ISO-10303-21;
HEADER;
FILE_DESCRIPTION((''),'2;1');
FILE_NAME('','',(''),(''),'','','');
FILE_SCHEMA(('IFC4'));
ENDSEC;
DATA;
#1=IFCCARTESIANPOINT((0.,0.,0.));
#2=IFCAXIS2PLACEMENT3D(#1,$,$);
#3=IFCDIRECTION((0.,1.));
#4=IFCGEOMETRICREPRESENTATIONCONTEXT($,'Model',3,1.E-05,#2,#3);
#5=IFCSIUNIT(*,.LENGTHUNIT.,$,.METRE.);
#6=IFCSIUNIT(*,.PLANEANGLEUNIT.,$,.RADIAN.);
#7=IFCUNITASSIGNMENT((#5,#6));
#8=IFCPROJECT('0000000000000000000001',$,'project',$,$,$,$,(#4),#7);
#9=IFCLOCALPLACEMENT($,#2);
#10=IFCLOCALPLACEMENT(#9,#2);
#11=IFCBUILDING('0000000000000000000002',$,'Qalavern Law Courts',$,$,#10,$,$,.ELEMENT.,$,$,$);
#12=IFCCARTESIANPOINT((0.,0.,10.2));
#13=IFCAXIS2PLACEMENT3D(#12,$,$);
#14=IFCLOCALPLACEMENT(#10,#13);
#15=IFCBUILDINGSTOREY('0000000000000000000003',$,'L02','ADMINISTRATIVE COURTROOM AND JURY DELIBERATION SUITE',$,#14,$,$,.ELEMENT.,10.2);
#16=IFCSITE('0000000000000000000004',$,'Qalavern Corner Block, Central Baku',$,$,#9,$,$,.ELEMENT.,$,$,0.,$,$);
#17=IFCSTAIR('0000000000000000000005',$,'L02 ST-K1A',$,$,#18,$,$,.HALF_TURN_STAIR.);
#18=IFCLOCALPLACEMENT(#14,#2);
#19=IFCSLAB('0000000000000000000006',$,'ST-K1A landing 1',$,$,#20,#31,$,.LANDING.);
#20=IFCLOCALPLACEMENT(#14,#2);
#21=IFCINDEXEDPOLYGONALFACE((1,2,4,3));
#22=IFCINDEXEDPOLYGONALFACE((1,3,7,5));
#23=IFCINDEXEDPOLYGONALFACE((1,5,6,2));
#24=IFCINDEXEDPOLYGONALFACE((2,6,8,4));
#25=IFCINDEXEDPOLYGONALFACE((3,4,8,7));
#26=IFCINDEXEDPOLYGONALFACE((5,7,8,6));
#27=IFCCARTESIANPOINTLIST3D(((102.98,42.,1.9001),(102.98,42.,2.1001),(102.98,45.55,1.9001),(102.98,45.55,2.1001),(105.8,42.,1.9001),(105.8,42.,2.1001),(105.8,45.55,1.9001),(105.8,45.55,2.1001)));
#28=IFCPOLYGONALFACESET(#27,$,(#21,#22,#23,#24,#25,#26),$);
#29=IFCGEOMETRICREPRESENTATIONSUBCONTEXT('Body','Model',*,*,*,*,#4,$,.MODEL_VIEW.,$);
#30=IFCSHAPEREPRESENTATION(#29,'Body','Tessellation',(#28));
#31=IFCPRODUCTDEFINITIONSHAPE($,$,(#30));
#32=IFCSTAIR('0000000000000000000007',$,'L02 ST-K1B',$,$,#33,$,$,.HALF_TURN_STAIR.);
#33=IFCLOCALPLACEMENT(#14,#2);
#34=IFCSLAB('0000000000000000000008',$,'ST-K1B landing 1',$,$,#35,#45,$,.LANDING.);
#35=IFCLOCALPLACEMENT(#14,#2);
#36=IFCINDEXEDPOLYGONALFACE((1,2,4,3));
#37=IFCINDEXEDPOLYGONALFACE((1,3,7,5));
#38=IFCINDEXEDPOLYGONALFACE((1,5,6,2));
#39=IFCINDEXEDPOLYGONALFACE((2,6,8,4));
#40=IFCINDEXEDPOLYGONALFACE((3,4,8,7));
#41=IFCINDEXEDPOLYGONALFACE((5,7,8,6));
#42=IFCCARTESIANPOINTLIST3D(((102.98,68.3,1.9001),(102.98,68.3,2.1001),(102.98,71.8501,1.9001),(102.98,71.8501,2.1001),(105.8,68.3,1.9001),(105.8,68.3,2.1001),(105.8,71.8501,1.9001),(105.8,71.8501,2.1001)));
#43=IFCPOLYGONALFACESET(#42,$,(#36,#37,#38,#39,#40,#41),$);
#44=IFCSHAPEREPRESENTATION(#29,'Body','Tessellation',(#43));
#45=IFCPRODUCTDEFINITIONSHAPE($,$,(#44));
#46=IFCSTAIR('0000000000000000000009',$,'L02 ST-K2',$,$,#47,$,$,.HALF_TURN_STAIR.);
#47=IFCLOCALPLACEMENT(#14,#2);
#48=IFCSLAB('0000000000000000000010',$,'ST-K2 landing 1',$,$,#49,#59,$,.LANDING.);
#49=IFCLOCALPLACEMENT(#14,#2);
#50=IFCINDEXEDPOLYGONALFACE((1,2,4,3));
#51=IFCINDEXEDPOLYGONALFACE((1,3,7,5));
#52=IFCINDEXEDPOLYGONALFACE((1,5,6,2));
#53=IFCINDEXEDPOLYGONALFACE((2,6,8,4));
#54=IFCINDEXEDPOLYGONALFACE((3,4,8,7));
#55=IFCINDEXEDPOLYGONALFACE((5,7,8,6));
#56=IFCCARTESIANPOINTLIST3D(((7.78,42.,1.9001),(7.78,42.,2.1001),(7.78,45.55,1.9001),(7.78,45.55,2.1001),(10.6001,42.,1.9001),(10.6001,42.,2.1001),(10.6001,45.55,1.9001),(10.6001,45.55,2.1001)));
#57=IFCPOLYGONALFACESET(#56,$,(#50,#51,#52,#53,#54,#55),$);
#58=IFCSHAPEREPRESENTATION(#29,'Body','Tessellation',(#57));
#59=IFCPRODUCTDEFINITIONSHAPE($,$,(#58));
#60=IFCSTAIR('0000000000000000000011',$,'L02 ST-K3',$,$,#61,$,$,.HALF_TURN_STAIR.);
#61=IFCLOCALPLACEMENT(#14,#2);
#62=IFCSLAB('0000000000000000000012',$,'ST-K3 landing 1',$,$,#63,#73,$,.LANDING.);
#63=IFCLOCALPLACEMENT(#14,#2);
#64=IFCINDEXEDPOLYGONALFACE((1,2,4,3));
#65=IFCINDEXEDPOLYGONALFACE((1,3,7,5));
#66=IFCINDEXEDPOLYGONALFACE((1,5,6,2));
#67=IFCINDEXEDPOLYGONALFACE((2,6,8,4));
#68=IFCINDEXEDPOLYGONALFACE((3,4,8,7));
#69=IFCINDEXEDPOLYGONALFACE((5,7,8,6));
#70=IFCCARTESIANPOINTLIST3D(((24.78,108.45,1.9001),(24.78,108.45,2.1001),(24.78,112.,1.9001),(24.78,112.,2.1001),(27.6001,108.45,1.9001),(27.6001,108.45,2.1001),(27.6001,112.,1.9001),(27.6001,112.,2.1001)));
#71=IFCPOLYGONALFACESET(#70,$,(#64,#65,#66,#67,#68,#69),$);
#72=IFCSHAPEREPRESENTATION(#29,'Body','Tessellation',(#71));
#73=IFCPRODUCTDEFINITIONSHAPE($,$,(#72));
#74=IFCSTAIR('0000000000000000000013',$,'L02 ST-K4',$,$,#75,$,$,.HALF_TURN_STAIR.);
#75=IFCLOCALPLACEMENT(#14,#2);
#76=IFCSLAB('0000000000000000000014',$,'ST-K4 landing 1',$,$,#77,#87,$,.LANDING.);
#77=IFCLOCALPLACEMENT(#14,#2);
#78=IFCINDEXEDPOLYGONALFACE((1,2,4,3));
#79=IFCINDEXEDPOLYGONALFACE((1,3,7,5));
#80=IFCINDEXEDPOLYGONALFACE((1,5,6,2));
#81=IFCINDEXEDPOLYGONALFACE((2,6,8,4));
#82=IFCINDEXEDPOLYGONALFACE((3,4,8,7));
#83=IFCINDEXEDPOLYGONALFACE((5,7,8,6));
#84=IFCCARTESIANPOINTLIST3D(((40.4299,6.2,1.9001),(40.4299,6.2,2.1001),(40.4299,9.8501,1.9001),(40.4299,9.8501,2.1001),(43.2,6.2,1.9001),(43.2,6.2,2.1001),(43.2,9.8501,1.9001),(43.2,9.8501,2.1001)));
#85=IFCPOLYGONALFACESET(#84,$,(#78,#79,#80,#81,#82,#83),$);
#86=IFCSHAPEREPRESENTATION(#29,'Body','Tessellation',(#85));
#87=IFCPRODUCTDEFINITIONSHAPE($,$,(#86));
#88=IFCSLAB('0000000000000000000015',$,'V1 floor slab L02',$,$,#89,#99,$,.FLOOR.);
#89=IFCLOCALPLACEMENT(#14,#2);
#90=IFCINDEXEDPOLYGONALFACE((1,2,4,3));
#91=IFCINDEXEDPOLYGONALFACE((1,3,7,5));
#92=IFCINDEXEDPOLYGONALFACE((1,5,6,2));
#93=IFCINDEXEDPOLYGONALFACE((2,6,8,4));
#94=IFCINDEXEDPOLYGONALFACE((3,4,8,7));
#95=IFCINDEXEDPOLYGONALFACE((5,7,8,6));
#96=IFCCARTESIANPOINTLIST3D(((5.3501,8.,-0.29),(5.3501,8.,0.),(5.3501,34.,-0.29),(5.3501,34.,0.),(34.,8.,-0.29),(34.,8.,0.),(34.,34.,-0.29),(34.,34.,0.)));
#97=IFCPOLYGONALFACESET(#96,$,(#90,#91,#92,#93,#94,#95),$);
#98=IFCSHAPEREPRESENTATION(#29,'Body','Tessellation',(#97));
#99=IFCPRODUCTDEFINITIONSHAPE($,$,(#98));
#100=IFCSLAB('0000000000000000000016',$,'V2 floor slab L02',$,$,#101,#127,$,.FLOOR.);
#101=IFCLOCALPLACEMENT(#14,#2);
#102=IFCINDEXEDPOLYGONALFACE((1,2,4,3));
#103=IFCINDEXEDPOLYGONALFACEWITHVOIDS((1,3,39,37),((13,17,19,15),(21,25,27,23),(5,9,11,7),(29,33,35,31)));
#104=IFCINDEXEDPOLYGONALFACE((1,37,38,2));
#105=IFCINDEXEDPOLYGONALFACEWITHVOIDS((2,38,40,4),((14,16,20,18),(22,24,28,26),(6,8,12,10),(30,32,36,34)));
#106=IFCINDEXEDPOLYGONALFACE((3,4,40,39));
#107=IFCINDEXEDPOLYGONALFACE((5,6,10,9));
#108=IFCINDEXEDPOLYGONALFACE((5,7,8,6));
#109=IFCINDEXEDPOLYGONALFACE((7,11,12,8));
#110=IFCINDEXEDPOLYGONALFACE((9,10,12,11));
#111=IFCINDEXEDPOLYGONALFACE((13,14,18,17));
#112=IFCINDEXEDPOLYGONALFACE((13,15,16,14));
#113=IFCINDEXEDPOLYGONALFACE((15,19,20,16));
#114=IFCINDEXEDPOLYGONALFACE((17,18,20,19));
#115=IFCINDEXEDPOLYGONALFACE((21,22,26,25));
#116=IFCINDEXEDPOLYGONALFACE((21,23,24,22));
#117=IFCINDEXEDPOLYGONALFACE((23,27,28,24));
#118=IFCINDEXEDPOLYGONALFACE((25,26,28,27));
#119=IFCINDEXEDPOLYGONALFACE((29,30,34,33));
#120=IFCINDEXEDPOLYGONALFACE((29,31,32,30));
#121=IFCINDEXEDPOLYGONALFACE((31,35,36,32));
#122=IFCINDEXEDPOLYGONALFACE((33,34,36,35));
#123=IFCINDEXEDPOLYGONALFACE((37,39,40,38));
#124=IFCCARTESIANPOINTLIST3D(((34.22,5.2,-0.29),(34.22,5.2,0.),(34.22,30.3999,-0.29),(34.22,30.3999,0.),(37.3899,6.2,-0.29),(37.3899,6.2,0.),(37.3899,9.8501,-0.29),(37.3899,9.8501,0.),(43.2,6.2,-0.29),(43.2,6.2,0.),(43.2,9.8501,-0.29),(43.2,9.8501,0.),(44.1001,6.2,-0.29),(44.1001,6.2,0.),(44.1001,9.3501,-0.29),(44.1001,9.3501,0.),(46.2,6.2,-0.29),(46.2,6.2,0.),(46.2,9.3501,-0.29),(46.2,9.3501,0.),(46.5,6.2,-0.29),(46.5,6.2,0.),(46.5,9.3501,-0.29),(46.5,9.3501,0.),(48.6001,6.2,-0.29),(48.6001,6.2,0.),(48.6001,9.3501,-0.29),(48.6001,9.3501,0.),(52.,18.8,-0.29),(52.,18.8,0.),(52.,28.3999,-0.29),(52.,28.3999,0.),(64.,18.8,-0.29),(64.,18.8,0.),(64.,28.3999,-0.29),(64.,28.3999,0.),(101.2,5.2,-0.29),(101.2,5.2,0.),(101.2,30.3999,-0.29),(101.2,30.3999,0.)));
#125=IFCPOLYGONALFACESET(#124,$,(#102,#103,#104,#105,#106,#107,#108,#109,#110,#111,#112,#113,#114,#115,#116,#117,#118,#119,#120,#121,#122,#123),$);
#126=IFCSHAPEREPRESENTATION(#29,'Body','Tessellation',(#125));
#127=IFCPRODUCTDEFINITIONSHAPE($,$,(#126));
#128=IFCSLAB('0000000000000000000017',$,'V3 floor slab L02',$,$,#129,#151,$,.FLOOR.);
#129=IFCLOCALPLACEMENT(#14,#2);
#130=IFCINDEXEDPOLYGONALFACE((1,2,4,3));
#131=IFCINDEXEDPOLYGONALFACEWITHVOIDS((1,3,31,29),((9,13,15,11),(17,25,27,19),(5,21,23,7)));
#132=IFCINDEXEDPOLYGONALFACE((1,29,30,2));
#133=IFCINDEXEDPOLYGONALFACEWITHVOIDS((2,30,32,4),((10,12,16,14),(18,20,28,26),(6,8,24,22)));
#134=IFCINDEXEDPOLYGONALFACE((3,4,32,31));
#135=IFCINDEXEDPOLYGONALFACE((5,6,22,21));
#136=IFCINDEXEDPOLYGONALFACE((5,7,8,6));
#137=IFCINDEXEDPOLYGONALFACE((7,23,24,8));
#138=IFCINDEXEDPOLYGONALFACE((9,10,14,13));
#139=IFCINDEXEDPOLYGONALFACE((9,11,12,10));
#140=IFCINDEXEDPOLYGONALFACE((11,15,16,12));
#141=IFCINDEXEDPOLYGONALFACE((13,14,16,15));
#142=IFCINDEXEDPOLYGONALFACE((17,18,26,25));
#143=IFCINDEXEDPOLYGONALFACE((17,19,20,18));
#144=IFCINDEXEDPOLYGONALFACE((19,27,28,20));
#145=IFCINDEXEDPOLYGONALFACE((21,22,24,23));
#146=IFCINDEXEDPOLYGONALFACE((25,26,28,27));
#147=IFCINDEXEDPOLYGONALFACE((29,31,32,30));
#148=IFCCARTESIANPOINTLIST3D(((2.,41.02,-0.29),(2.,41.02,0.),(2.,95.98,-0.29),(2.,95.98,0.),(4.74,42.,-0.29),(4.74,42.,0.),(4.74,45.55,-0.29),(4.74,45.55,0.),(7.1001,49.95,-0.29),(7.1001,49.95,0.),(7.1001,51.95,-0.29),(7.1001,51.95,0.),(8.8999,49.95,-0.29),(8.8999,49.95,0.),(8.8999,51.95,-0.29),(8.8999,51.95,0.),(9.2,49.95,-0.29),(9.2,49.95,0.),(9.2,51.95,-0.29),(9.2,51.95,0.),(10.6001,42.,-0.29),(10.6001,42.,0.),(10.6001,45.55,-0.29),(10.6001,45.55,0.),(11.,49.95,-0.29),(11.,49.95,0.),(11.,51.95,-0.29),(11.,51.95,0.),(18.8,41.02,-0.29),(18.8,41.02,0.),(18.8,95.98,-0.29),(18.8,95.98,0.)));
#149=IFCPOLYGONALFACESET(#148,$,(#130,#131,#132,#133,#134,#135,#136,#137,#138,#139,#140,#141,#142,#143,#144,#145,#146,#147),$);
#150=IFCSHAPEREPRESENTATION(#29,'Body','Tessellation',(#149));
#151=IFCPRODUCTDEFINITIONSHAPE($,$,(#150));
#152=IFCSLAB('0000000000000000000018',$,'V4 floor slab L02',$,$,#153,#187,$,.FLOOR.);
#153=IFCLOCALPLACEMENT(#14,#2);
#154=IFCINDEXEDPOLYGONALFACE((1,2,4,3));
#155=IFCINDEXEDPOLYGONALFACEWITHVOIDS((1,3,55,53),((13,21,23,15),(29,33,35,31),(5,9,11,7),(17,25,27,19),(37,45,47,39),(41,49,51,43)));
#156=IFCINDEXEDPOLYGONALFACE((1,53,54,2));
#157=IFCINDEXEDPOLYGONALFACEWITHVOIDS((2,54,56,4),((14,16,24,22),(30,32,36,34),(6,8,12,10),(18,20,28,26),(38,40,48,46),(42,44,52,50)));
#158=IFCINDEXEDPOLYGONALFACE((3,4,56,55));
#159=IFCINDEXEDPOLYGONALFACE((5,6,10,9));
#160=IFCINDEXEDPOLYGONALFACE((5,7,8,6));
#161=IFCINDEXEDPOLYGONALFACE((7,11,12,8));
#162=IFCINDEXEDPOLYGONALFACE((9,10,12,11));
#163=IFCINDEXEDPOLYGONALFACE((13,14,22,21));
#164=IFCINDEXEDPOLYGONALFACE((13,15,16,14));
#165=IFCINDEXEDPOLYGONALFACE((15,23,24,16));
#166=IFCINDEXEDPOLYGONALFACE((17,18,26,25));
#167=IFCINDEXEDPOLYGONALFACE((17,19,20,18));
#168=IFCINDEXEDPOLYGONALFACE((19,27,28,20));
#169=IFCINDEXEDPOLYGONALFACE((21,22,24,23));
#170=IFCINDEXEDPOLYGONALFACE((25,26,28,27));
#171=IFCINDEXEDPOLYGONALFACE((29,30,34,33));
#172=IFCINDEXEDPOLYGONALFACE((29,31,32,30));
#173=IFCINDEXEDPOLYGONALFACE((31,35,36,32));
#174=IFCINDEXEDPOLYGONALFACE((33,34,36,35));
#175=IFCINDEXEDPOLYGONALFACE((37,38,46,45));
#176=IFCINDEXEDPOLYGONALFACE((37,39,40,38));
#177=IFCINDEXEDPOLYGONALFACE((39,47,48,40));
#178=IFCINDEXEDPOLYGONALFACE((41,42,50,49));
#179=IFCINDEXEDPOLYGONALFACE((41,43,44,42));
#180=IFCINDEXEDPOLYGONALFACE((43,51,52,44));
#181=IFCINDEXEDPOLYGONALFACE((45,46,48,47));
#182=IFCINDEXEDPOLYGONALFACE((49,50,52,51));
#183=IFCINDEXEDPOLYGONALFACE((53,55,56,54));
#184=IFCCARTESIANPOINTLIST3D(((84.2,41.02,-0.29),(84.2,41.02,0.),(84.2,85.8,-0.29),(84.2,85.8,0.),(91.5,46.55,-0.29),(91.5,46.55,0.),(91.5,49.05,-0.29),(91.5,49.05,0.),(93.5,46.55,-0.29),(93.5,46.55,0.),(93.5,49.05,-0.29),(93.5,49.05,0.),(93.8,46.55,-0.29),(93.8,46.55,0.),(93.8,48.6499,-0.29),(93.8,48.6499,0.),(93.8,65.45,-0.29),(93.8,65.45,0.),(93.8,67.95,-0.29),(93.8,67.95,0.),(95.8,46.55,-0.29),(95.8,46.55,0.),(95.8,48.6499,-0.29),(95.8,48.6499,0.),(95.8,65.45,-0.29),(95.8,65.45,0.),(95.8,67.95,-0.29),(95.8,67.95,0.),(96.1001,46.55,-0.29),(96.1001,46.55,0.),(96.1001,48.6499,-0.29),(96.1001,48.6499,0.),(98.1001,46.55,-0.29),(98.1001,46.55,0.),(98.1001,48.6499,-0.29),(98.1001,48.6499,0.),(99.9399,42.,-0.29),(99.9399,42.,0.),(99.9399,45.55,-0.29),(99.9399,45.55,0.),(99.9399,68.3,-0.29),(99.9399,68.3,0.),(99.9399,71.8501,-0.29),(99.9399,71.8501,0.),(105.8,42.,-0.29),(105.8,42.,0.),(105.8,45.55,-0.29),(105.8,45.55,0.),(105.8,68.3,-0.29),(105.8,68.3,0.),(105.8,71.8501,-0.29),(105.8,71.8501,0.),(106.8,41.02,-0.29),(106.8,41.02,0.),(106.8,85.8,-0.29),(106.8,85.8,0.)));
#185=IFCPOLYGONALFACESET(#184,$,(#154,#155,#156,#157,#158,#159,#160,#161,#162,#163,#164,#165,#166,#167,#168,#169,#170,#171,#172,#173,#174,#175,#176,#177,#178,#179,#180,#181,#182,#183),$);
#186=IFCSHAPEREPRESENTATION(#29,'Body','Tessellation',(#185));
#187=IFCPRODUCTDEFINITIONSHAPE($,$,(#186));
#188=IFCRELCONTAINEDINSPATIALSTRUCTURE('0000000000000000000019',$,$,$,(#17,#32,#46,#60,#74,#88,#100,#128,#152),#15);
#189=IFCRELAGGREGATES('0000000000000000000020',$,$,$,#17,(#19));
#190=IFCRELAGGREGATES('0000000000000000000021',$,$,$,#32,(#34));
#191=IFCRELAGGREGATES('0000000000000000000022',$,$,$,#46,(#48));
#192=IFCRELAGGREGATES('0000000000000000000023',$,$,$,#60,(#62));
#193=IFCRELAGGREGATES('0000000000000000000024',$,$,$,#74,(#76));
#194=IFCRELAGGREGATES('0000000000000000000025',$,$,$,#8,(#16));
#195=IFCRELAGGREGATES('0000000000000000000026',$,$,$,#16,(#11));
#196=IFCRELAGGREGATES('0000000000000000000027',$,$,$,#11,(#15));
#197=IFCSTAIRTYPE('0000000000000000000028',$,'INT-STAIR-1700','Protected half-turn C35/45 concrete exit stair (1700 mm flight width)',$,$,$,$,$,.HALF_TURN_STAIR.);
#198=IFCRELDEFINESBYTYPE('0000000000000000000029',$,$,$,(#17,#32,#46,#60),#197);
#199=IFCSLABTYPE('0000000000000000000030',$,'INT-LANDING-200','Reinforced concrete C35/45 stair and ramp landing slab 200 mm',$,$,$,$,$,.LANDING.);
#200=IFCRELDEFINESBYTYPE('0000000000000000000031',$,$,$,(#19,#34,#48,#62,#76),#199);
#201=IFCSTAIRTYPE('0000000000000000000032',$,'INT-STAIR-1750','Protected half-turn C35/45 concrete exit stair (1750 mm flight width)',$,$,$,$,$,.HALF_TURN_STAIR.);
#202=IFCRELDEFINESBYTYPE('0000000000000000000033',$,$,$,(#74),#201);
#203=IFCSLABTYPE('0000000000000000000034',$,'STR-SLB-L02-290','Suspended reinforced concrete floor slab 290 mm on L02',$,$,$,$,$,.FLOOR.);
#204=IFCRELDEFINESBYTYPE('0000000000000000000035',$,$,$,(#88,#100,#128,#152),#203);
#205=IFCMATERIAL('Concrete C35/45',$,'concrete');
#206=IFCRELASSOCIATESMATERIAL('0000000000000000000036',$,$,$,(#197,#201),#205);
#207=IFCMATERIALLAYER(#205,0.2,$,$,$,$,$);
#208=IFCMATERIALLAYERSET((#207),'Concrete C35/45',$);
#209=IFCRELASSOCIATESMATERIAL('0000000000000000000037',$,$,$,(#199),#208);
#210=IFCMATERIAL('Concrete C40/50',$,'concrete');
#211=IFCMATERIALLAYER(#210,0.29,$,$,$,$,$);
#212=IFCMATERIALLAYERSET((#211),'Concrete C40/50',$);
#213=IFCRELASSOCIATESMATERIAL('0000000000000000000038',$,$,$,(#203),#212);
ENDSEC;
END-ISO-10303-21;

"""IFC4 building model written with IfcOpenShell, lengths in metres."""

from ifc_helpers import new_model, si_unit, direction, frame, origin, place, context, subcontext, project, spatial, polyline, outline, extrude, material, layer, layer_set, type_object, element, aggregate, save


model = new_model("IFC4")

# Units and contexts
model_context = context("Model", 3, precision=1e-05, world=origin(), true_north=direction((0.0, 1.0)))
body_context = subcontext(model_context, "Body", "Model", "MODEL_VIEW")
ifc_project = project(units=[si_unit("LENGTHUNIT", "METRE"), si_unit("PLANEANGLEUNIT", "RADIAN")], contexts=[model_context])

# Site, building, storey
site_placement = place(None, origin())
site = spatial("IfcSite", under=ifc_project, at=site_placement, Name="Qalavern Corner Block, Central Baku", CompositionType="ELEMENT", RefElevation=0.0)
building_placement = place(site_placement, origin())
building = spatial("IfcBuilding", under=site, at=building_placement, Name="Qalavern Law Courts", CompositionType="ELEMENT")
storey_placement = place(building_placement, frame((0.0, 0.0, 10.2)))
storey = spatial("IfcBuildingStorey", under=building, at=storey_placement, Name="L02", Description="ADMINISTRATIVE COURTROOM AND JURY DELIBERATION SUITE", CompositionType="ELEMENT", Elevation=10.2)

# Stairs, slabs
ifc_material_1 = material(Name="Concrete C35/45", Category="concrete")
stair_type_1 = type_object("IfcStairType", Name="INT-STAIR-1700", Description="Protected half-turn C35/45 concrete exit stair (1700 mm flight width)", PredefinedType="HALF_TURN_STAIR", material=ifc_material_1)
stair_1_placement = place(storey_placement, origin())
stair_1 = element("IfcStair", 1, at=stair_1_placement, inside=storey, type_object=stair_type_1, Name="L02 ST-K1A", PredefinedType="HALF_TURN_STAIR")
ifc_layer_1 = layer(ifc_material_1, 0.2)
ifc_layer_set_1 = layer_set([ifc_layer_1], Name="Concrete C35/45")
slab_type_1 = type_object("IfcSlabType", Name="INT-LANDING-200", Description="Reinforced concrete C35/45 stair and ramp landing slab 200 mm", PredefinedType="LANDING", material=ifc_layer_set_1)
slab_1_placement = place(storey_placement, frame((0.0, 0.0, 1.9001)))
slab_1 = element("IfcSlab", 2, at=slab_1_placement, type_object=slab_type_1, Name="ST-K1A landing 1", PredefinedType="LANDING", context=body_context, shape_type="SweptSolid", body=[
    extrude(outline(polyline([(102.98, 42.0), (105.8, 42.0), (105.8, 45.55), (102.98, 45.55), (102.98, 42.0)])), origin(), (0.0, 0.0, 1.0), 0.2),
])
aggregate(stair_1, [slab_1])
stair_2_placement = place(storey_placement, origin())
stair_2 = element("IfcStair", 3, at=stair_2_placement, inside=storey, type_object=stair_type_1, Name="L02 ST-K1B", PredefinedType="HALF_TURN_STAIR")
slab_2_placement = place(storey_placement, frame((0.0, 0.0, 1.9001)))
slab_2 = element("IfcSlab", 4, at=slab_2_placement, type_object=slab_type_1, Name="ST-K1B landing 1", PredefinedType="LANDING", context=body_context, shape_type="SweptSolid", body=[
    extrude(outline(polyline([(102.98, 68.3), (105.8, 68.3), (105.8, 71.8501), (102.98, 71.8501), (102.98, 68.3)])), origin(), (0.0, 0.0, 1.0), 0.2),
])
aggregate(stair_2, [slab_2])
stair_3_placement = place(storey_placement, origin())
stair_3 = element("IfcStair", 5, at=stair_3_placement, inside=storey, type_object=stair_type_1, Name="L02 ST-K2", PredefinedType="HALF_TURN_STAIR")
slab_3_placement = place(storey_placement, frame((0.0, 0.0, 1.9001)))
slab_3 = element("IfcSlab", 6, at=slab_3_placement, type_object=slab_type_1, Name="ST-K2 landing 1", PredefinedType="LANDING", context=body_context, shape_type="SweptSolid", body=[
    extrude(outline(polyline([(7.78, 42.0), (10.6001, 42.0), (10.6001, 45.55), (7.78, 45.55), (7.78, 42.0)])), origin(), (0.0, 0.0, 1.0), 0.2),
])
aggregate(stair_3, [slab_3])
stair_4_placement = place(storey_placement, origin())
stair_4 = element("IfcStair", 7, at=stair_4_placement, inside=storey, type_object=stair_type_1, Name="L02 ST-K3", PredefinedType="HALF_TURN_STAIR")
slab_4_placement = place(storey_placement, frame((0.0, 0.0, 1.9001)))
slab_4 = element("IfcSlab", 8, at=slab_4_placement, type_object=slab_type_1, Name="ST-K3 landing 1", PredefinedType="LANDING", context=body_context, shape_type="SweptSolid", body=[
    extrude(outline(polyline([(24.78, 108.45), (27.6001, 108.45), (27.6001, 112.0), (24.78, 112.0), (24.78, 108.45)])), origin(), (0.0, 0.0, 1.0), 0.2),
])
aggregate(stair_4, [slab_4])
stair_type_2 = type_object("IfcStairType", Name="INT-STAIR-1750", Description="Protected half-turn C35/45 concrete exit stair (1750 mm flight width)", PredefinedType="HALF_TURN_STAIR", material=ifc_material_1)
stair_5_placement = place(storey_placement, origin())
stair_5 = element("IfcStair", 9, at=stair_5_placement, inside=storey, type_object=stair_type_2, Name="L02 ST-K4", PredefinedType="HALF_TURN_STAIR")
slab_5_placement = place(storey_placement, frame((0.0, 0.0, 1.9001)))
slab_5 = element("IfcSlab", 10, at=slab_5_placement, type_object=slab_type_1, Name="ST-K4 landing 1", PredefinedType="LANDING", context=body_context, shape_type="SweptSolid", body=[
    extrude(outline(polyline([(40.4299, 6.2), (43.2, 6.2), (43.2, 9.8501), (40.4299, 9.8501), (40.4299, 6.2)])), origin(), (0.0, 0.0, 1.0), 0.2),
])
aggregate(stair_5, [slab_5])

# Slabs
ifc_material_2 = material(Name="Concrete C40/50", Category="concrete")
ifc_layer_2 = layer(ifc_material_2, 0.29)
ifc_layer_set_2 = layer_set([ifc_layer_2], Name="Concrete C40/50")
slab_type_2 = type_object("IfcSlabType", Name="STR-SLB-L02-290", Description="Suspended reinforced concrete floor slab 290 mm on L02", PredefinedType="FLOOR", material=ifc_layer_set_2)
slab_6_placement = place(storey_placement, frame((0.0, 0.0, -0.29)))
element("IfcSlab", 11, at=slab_6_placement, inside=storey, type_object=slab_type_2, Name="V1 floor slab L02", PredefinedType="FLOOR", context=body_context, shape_type="SweptSolid", body=[
    extrude(outline(polyline([(5.3501, 8.0), (34.0, 8.0), (34.0, 34.0), (5.3501, 34.0), (5.3501, 8.0)])), origin(), (0.0, 0.0, 1.0), 0.29),
])
slab_7_placement = place(storey_placement, frame((0.0, 0.0, -0.29)))
element("IfcSlab", 12, at=slab_7_placement, inside=storey, type_object=slab_type_2, Name="V2 floor slab L02", PredefinedType="FLOOR", context=body_context, shape_type="SweptSolid", body=[
    extrude(outline(polyline([(34.22, 5.2), (101.2, 5.2), (101.2, 30.3999), (34.22, 30.3999), (34.22, 5.2)]), holes=[polyline([(37.3899, 6.2), (43.2, 6.2), (43.2, 9.8501), (37.3899, 9.8501), (37.3899, 6.2)]), polyline([(44.1001, 6.2), (46.2, 6.2), (46.2, 9.3501), (44.1001, 9.3501), (44.1001, 6.2)]), polyline([(46.5, 6.2), (48.6001, 6.2), (48.6001, 9.3501), (46.5, 9.3501), (46.5, 6.2)]), polyline([(52.0, 18.8), (64.0, 18.8), (64.0, 28.3999), (52.0, 28.3999), (52.0, 18.8)])]), origin(), (0.0, 0.0, 1.0), 0.29),
])
slab_8_placement = place(storey_placement, frame((0.0, 0.0, -0.29)))
element("IfcSlab", 13, at=slab_8_placement, inside=storey, type_object=slab_type_2, Name="V3 floor slab L02", PredefinedType="FLOOR", context=body_context, shape_type="SweptSolid", body=[
    extrude(outline(polyline([(2.0, 41.02), (18.8, 41.02), (18.8, 95.98), (2.0, 95.98), (2.0, 41.02)]), holes=[polyline([(4.74, 42.0), (10.6001, 42.0), (10.6001, 45.55), (4.74, 45.55), (4.74, 42.0)]), polyline([(7.1001, 49.95), (8.8999, 49.95), (8.8999, 51.95), (7.1001, 51.95), (7.1001, 49.95)]), polyline([(9.2, 49.95), (11.0, 49.95), (11.0, 51.95), (9.2, 51.95), (9.2, 49.95)])]), origin(), (0.0, 0.0, 1.0), 0.29),
])
slab_9_placement = place(storey_placement, frame((0.0, 0.0, -0.29)))
element("IfcSlab", 14, at=slab_9_placement, inside=storey, type_object=slab_type_2, Name="V4 floor slab L02", PredefinedType="FLOOR", context=body_context, shape_type="SweptSolid", body=[
    extrude(outline(polyline([(84.2, 41.02), (106.8, 41.02), (106.8, 85.8), (84.2, 85.8), (84.2, 41.02)]), holes=[polyline([(99.9399, 42.0), (105.8, 42.0), (105.8, 45.55), (99.9399, 45.55), (99.9399, 42.0)]), polyline([(91.5, 46.55), (93.5, 46.55), (93.5, 49.05), (91.5, 49.05), (91.5, 46.55)]), polyline([(93.8, 46.55), (95.8, 46.55), (95.8, 48.6499), (93.8, 48.6499), (93.8, 46.55)]), polyline([(96.1001, 46.55), (98.1001, 46.55), (98.1001, 48.6499), (96.1001, 48.6499), (96.1001, 46.55)]), polyline([(99.9399, 68.3), (105.8, 68.3), (105.8, 71.8501), (99.9399, 71.8501), (99.9399, 68.3)]), polyline([(93.8, 65.45), (95.8, 65.45), (95.8, 67.95), (93.8, 67.95), (93.8, 65.45)])]), origin(), (0.0, 0.0, 1.0), 0.29),
])

save(model, "model.ifc")
